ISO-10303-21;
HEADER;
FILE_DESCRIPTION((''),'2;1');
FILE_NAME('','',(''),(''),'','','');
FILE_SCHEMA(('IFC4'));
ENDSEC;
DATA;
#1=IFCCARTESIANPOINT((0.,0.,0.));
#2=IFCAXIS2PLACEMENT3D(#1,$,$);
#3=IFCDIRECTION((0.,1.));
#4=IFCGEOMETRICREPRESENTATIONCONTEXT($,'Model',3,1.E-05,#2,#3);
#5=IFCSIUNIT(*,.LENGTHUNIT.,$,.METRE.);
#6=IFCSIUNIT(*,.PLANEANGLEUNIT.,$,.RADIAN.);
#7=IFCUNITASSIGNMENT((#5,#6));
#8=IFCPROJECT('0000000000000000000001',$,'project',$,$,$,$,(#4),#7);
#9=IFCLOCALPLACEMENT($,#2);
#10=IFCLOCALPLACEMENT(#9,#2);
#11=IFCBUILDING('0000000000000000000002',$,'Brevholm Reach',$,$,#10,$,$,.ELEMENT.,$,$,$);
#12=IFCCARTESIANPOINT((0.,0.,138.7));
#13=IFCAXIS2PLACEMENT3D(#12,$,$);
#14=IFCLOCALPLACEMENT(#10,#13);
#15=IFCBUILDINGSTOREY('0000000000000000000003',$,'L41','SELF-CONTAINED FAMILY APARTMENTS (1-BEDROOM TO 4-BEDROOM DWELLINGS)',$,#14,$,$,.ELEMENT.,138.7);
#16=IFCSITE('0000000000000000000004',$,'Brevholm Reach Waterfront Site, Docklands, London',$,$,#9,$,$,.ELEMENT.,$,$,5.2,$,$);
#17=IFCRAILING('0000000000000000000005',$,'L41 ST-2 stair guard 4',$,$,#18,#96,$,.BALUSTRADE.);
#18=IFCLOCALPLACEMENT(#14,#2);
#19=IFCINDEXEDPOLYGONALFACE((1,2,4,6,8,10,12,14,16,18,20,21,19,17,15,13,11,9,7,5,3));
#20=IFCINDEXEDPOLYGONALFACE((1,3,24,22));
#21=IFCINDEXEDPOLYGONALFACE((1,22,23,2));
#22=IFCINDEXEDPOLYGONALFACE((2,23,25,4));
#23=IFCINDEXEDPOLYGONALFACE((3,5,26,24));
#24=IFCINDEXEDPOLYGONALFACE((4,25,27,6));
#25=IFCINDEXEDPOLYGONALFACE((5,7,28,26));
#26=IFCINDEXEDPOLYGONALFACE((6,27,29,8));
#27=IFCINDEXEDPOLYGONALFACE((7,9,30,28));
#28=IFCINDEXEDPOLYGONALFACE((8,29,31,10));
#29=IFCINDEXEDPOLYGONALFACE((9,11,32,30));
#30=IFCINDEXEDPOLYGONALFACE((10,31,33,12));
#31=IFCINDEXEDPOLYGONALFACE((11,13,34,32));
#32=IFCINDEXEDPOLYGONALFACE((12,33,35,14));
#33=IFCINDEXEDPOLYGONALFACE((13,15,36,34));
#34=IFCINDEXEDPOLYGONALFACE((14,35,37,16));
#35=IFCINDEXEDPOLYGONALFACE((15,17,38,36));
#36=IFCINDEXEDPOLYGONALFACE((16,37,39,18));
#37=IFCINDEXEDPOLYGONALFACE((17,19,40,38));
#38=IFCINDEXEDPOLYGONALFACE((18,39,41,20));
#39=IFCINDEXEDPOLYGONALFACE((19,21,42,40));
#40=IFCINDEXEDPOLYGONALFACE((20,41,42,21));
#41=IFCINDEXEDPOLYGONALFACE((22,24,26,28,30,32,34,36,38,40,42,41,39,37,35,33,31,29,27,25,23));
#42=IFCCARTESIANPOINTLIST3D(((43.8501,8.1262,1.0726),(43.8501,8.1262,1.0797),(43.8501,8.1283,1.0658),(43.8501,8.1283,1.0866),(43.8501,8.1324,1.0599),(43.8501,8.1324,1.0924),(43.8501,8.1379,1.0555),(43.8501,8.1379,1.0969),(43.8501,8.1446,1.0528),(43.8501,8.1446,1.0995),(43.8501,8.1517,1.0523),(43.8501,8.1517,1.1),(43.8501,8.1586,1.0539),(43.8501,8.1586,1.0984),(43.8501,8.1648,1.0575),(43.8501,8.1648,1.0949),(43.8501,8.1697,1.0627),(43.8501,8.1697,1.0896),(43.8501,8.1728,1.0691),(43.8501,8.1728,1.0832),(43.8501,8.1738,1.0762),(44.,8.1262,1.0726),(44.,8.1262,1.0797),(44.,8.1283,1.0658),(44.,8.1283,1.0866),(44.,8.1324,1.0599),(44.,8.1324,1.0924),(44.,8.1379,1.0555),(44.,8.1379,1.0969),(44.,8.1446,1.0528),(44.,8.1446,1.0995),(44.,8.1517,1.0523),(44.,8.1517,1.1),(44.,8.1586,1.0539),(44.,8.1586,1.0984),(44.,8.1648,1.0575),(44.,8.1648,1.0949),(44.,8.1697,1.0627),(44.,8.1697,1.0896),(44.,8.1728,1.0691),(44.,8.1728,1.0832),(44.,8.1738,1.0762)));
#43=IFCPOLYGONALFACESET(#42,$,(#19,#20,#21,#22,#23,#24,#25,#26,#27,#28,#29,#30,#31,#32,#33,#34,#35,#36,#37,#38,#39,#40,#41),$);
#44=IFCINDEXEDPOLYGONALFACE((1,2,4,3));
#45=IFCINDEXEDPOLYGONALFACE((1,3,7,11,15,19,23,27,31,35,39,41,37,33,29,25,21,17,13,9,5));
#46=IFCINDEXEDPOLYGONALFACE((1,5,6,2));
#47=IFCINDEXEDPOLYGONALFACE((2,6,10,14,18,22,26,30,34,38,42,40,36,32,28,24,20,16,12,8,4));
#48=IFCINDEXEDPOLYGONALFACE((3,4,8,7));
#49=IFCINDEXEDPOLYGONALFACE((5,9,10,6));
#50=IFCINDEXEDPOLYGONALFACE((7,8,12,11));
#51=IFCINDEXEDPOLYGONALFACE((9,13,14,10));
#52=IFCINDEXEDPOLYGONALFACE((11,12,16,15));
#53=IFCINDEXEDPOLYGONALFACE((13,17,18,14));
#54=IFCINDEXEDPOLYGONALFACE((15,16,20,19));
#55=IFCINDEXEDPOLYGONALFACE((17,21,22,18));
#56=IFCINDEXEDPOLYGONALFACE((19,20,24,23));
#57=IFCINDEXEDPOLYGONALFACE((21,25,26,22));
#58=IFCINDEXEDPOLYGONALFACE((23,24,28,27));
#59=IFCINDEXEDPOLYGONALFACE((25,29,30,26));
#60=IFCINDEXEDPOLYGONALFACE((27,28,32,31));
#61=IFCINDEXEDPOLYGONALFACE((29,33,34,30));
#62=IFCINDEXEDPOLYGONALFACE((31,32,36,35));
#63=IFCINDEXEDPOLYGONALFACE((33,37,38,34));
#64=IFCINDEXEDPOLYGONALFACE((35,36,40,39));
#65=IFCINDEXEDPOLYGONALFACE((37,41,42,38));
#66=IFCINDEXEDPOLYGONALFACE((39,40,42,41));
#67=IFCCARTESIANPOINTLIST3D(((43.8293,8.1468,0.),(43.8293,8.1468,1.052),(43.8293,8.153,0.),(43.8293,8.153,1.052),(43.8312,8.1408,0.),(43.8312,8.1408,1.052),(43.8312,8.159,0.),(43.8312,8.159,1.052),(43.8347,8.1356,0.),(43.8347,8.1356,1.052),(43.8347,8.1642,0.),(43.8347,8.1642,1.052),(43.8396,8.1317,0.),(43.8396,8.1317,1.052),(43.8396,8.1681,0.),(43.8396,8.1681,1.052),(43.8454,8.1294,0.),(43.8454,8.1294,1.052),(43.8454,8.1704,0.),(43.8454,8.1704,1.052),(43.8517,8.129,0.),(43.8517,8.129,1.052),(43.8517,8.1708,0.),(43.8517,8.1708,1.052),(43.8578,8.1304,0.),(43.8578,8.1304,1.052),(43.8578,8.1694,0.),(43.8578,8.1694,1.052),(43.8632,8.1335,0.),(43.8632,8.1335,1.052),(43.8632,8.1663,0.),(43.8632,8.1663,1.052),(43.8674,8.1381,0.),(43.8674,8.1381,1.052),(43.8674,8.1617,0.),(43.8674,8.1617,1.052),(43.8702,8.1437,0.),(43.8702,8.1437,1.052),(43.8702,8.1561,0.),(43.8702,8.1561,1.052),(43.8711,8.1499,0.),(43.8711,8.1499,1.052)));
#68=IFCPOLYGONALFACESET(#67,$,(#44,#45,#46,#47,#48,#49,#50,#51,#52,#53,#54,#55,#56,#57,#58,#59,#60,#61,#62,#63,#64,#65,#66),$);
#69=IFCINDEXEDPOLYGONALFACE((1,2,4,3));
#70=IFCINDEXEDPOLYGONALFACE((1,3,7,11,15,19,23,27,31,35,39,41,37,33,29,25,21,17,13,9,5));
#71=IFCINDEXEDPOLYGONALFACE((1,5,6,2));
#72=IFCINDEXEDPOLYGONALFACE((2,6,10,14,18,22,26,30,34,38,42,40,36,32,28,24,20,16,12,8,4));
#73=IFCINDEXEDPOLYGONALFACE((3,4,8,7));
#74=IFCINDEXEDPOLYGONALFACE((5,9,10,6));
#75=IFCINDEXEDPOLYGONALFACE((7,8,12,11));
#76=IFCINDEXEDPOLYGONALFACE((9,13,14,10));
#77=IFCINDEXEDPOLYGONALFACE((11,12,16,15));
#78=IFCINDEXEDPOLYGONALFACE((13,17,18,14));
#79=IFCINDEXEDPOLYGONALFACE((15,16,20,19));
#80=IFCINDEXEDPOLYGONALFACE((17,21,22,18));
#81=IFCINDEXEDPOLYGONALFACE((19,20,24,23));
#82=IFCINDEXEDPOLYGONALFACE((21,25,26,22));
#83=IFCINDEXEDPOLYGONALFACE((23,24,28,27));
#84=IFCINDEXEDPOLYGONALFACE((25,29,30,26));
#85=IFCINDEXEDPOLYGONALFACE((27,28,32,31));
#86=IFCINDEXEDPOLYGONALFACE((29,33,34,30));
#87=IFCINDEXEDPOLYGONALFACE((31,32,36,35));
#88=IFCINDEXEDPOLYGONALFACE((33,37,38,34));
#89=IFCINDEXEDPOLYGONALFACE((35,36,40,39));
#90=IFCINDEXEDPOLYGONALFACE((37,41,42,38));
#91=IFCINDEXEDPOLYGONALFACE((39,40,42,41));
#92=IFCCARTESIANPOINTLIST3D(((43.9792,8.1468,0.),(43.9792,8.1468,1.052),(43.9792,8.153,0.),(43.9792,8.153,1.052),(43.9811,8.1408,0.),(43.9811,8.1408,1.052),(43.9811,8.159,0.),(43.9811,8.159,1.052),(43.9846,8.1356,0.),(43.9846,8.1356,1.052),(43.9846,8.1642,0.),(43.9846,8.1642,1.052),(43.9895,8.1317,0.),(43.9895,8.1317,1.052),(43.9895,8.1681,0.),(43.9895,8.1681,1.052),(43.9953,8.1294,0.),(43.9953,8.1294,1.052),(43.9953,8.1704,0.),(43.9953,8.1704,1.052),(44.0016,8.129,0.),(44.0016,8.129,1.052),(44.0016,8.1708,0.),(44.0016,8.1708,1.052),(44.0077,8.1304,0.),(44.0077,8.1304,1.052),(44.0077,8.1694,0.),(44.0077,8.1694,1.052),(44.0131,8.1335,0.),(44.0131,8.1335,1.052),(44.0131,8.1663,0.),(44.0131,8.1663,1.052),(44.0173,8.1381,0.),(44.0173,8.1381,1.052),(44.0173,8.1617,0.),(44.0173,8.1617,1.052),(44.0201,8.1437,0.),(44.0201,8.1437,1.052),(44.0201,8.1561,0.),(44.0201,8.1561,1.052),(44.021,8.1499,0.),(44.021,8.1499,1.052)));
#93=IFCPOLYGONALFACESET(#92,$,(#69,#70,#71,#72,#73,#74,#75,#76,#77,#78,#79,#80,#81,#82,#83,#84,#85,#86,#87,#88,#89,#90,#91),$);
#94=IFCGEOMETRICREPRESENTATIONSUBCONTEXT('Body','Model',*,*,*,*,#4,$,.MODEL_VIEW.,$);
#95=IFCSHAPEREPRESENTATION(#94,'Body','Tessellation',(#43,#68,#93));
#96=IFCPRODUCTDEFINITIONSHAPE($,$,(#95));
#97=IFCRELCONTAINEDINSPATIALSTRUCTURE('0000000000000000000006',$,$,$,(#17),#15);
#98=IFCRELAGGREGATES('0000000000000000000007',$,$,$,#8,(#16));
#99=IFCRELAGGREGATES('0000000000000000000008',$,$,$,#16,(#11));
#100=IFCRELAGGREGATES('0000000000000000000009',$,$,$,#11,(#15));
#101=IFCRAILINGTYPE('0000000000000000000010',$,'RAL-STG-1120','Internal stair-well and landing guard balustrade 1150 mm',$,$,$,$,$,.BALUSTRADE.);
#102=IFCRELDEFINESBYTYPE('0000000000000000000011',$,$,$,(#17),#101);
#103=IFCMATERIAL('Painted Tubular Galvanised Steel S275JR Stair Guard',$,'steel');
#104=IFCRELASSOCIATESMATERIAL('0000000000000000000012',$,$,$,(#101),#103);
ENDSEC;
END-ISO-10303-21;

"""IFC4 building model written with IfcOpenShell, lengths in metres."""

from ifc_helpers import new_model, si_unit, direction, frame, origin, origin_2d, place, context, subcontext, project, spatial, circle, extrude, material, type_object, element, save


model = new_model("IFC4")

# Units and contexts
model_context = context("Model", 3, precision=1e-05, world=origin(), true_north=direction((0.0, 1.0)))
body_context = subcontext(model_context, "Body", "Model", "MODEL_VIEW")
ifc_project = project(units=[si_unit("LENGTHUNIT", "METRE"), si_unit("PLANEANGLEUNIT", "RADIAN")], contexts=[model_context])

# Site, building, storey
site_placement = place(None, origin())
site = spatial("IfcSite", under=ifc_project, at=site_placement, Name="Brevholm Reach Waterfront Site, Docklands, London", CompositionType="ELEMENT", RefElevation=5.2)
building_placement = place(site_placement, origin())
building = spatial("IfcBuilding", under=site, at=building_placement, Name="Brevholm Reach", CompositionType="ELEMENT")
storey_placement = place(building_placement, frame((0.0, 0.0, 138.7)))
storey = spatial("IfcBuildingStorey", under=building, at=storey_placement, Name="L41", Description="SELF-CONTAINED FAMILY APARTMENTS (1-BEDROOM TO 4-BEDROOM DWELLINGS)", CompositionType="ELEMENT", Elevation=138.7)

# Railing
ifc_material_1 = material(Name="Painted Tubular Galvanised Steel S275JR Stair Guard", Category="steel")
railing_type_1 = type_object("IfcRailingType", Name="RAL-STG-1120", Description="Internal stair-well and landing guard balustrade 1150 mm", PredefinedType="BALUSTRADE", material=ifc_material_1)
railing_1_placement = place(storey_placement, frame((43.8501, 8.1499, 0.0)))
element("IfcRailing", 1, at=railing_1_placement, inside=storey, type_object=railing_type_1, Name="L41 ST-2 stair guard 4", PredefinedType="BALUSTRADE", context=body_context, shape_type="SweptSolid", body=[
    extrude(circle(Radius=0.0239, at=origin_2d()), frame((0.0, 0.0, 1.0762), z_axis=(1.0, 0.0, 0.0), x_axis=(0.0, 1.0, 0.0)), (0.0, 0.0, 1.0), 0.1499),
    extrude(circle(Radius=0.021, at=origin_2d()), origin(), (0.0, 0.0, 1.0), 1.052),
    extrude(circle(Radius=0.021, at=origin_2d()), frame((0.1499, 0.0, 0.0)), (0.0, 0.0, 1.0), 1.052),
])

save(model, "model.ifc")
